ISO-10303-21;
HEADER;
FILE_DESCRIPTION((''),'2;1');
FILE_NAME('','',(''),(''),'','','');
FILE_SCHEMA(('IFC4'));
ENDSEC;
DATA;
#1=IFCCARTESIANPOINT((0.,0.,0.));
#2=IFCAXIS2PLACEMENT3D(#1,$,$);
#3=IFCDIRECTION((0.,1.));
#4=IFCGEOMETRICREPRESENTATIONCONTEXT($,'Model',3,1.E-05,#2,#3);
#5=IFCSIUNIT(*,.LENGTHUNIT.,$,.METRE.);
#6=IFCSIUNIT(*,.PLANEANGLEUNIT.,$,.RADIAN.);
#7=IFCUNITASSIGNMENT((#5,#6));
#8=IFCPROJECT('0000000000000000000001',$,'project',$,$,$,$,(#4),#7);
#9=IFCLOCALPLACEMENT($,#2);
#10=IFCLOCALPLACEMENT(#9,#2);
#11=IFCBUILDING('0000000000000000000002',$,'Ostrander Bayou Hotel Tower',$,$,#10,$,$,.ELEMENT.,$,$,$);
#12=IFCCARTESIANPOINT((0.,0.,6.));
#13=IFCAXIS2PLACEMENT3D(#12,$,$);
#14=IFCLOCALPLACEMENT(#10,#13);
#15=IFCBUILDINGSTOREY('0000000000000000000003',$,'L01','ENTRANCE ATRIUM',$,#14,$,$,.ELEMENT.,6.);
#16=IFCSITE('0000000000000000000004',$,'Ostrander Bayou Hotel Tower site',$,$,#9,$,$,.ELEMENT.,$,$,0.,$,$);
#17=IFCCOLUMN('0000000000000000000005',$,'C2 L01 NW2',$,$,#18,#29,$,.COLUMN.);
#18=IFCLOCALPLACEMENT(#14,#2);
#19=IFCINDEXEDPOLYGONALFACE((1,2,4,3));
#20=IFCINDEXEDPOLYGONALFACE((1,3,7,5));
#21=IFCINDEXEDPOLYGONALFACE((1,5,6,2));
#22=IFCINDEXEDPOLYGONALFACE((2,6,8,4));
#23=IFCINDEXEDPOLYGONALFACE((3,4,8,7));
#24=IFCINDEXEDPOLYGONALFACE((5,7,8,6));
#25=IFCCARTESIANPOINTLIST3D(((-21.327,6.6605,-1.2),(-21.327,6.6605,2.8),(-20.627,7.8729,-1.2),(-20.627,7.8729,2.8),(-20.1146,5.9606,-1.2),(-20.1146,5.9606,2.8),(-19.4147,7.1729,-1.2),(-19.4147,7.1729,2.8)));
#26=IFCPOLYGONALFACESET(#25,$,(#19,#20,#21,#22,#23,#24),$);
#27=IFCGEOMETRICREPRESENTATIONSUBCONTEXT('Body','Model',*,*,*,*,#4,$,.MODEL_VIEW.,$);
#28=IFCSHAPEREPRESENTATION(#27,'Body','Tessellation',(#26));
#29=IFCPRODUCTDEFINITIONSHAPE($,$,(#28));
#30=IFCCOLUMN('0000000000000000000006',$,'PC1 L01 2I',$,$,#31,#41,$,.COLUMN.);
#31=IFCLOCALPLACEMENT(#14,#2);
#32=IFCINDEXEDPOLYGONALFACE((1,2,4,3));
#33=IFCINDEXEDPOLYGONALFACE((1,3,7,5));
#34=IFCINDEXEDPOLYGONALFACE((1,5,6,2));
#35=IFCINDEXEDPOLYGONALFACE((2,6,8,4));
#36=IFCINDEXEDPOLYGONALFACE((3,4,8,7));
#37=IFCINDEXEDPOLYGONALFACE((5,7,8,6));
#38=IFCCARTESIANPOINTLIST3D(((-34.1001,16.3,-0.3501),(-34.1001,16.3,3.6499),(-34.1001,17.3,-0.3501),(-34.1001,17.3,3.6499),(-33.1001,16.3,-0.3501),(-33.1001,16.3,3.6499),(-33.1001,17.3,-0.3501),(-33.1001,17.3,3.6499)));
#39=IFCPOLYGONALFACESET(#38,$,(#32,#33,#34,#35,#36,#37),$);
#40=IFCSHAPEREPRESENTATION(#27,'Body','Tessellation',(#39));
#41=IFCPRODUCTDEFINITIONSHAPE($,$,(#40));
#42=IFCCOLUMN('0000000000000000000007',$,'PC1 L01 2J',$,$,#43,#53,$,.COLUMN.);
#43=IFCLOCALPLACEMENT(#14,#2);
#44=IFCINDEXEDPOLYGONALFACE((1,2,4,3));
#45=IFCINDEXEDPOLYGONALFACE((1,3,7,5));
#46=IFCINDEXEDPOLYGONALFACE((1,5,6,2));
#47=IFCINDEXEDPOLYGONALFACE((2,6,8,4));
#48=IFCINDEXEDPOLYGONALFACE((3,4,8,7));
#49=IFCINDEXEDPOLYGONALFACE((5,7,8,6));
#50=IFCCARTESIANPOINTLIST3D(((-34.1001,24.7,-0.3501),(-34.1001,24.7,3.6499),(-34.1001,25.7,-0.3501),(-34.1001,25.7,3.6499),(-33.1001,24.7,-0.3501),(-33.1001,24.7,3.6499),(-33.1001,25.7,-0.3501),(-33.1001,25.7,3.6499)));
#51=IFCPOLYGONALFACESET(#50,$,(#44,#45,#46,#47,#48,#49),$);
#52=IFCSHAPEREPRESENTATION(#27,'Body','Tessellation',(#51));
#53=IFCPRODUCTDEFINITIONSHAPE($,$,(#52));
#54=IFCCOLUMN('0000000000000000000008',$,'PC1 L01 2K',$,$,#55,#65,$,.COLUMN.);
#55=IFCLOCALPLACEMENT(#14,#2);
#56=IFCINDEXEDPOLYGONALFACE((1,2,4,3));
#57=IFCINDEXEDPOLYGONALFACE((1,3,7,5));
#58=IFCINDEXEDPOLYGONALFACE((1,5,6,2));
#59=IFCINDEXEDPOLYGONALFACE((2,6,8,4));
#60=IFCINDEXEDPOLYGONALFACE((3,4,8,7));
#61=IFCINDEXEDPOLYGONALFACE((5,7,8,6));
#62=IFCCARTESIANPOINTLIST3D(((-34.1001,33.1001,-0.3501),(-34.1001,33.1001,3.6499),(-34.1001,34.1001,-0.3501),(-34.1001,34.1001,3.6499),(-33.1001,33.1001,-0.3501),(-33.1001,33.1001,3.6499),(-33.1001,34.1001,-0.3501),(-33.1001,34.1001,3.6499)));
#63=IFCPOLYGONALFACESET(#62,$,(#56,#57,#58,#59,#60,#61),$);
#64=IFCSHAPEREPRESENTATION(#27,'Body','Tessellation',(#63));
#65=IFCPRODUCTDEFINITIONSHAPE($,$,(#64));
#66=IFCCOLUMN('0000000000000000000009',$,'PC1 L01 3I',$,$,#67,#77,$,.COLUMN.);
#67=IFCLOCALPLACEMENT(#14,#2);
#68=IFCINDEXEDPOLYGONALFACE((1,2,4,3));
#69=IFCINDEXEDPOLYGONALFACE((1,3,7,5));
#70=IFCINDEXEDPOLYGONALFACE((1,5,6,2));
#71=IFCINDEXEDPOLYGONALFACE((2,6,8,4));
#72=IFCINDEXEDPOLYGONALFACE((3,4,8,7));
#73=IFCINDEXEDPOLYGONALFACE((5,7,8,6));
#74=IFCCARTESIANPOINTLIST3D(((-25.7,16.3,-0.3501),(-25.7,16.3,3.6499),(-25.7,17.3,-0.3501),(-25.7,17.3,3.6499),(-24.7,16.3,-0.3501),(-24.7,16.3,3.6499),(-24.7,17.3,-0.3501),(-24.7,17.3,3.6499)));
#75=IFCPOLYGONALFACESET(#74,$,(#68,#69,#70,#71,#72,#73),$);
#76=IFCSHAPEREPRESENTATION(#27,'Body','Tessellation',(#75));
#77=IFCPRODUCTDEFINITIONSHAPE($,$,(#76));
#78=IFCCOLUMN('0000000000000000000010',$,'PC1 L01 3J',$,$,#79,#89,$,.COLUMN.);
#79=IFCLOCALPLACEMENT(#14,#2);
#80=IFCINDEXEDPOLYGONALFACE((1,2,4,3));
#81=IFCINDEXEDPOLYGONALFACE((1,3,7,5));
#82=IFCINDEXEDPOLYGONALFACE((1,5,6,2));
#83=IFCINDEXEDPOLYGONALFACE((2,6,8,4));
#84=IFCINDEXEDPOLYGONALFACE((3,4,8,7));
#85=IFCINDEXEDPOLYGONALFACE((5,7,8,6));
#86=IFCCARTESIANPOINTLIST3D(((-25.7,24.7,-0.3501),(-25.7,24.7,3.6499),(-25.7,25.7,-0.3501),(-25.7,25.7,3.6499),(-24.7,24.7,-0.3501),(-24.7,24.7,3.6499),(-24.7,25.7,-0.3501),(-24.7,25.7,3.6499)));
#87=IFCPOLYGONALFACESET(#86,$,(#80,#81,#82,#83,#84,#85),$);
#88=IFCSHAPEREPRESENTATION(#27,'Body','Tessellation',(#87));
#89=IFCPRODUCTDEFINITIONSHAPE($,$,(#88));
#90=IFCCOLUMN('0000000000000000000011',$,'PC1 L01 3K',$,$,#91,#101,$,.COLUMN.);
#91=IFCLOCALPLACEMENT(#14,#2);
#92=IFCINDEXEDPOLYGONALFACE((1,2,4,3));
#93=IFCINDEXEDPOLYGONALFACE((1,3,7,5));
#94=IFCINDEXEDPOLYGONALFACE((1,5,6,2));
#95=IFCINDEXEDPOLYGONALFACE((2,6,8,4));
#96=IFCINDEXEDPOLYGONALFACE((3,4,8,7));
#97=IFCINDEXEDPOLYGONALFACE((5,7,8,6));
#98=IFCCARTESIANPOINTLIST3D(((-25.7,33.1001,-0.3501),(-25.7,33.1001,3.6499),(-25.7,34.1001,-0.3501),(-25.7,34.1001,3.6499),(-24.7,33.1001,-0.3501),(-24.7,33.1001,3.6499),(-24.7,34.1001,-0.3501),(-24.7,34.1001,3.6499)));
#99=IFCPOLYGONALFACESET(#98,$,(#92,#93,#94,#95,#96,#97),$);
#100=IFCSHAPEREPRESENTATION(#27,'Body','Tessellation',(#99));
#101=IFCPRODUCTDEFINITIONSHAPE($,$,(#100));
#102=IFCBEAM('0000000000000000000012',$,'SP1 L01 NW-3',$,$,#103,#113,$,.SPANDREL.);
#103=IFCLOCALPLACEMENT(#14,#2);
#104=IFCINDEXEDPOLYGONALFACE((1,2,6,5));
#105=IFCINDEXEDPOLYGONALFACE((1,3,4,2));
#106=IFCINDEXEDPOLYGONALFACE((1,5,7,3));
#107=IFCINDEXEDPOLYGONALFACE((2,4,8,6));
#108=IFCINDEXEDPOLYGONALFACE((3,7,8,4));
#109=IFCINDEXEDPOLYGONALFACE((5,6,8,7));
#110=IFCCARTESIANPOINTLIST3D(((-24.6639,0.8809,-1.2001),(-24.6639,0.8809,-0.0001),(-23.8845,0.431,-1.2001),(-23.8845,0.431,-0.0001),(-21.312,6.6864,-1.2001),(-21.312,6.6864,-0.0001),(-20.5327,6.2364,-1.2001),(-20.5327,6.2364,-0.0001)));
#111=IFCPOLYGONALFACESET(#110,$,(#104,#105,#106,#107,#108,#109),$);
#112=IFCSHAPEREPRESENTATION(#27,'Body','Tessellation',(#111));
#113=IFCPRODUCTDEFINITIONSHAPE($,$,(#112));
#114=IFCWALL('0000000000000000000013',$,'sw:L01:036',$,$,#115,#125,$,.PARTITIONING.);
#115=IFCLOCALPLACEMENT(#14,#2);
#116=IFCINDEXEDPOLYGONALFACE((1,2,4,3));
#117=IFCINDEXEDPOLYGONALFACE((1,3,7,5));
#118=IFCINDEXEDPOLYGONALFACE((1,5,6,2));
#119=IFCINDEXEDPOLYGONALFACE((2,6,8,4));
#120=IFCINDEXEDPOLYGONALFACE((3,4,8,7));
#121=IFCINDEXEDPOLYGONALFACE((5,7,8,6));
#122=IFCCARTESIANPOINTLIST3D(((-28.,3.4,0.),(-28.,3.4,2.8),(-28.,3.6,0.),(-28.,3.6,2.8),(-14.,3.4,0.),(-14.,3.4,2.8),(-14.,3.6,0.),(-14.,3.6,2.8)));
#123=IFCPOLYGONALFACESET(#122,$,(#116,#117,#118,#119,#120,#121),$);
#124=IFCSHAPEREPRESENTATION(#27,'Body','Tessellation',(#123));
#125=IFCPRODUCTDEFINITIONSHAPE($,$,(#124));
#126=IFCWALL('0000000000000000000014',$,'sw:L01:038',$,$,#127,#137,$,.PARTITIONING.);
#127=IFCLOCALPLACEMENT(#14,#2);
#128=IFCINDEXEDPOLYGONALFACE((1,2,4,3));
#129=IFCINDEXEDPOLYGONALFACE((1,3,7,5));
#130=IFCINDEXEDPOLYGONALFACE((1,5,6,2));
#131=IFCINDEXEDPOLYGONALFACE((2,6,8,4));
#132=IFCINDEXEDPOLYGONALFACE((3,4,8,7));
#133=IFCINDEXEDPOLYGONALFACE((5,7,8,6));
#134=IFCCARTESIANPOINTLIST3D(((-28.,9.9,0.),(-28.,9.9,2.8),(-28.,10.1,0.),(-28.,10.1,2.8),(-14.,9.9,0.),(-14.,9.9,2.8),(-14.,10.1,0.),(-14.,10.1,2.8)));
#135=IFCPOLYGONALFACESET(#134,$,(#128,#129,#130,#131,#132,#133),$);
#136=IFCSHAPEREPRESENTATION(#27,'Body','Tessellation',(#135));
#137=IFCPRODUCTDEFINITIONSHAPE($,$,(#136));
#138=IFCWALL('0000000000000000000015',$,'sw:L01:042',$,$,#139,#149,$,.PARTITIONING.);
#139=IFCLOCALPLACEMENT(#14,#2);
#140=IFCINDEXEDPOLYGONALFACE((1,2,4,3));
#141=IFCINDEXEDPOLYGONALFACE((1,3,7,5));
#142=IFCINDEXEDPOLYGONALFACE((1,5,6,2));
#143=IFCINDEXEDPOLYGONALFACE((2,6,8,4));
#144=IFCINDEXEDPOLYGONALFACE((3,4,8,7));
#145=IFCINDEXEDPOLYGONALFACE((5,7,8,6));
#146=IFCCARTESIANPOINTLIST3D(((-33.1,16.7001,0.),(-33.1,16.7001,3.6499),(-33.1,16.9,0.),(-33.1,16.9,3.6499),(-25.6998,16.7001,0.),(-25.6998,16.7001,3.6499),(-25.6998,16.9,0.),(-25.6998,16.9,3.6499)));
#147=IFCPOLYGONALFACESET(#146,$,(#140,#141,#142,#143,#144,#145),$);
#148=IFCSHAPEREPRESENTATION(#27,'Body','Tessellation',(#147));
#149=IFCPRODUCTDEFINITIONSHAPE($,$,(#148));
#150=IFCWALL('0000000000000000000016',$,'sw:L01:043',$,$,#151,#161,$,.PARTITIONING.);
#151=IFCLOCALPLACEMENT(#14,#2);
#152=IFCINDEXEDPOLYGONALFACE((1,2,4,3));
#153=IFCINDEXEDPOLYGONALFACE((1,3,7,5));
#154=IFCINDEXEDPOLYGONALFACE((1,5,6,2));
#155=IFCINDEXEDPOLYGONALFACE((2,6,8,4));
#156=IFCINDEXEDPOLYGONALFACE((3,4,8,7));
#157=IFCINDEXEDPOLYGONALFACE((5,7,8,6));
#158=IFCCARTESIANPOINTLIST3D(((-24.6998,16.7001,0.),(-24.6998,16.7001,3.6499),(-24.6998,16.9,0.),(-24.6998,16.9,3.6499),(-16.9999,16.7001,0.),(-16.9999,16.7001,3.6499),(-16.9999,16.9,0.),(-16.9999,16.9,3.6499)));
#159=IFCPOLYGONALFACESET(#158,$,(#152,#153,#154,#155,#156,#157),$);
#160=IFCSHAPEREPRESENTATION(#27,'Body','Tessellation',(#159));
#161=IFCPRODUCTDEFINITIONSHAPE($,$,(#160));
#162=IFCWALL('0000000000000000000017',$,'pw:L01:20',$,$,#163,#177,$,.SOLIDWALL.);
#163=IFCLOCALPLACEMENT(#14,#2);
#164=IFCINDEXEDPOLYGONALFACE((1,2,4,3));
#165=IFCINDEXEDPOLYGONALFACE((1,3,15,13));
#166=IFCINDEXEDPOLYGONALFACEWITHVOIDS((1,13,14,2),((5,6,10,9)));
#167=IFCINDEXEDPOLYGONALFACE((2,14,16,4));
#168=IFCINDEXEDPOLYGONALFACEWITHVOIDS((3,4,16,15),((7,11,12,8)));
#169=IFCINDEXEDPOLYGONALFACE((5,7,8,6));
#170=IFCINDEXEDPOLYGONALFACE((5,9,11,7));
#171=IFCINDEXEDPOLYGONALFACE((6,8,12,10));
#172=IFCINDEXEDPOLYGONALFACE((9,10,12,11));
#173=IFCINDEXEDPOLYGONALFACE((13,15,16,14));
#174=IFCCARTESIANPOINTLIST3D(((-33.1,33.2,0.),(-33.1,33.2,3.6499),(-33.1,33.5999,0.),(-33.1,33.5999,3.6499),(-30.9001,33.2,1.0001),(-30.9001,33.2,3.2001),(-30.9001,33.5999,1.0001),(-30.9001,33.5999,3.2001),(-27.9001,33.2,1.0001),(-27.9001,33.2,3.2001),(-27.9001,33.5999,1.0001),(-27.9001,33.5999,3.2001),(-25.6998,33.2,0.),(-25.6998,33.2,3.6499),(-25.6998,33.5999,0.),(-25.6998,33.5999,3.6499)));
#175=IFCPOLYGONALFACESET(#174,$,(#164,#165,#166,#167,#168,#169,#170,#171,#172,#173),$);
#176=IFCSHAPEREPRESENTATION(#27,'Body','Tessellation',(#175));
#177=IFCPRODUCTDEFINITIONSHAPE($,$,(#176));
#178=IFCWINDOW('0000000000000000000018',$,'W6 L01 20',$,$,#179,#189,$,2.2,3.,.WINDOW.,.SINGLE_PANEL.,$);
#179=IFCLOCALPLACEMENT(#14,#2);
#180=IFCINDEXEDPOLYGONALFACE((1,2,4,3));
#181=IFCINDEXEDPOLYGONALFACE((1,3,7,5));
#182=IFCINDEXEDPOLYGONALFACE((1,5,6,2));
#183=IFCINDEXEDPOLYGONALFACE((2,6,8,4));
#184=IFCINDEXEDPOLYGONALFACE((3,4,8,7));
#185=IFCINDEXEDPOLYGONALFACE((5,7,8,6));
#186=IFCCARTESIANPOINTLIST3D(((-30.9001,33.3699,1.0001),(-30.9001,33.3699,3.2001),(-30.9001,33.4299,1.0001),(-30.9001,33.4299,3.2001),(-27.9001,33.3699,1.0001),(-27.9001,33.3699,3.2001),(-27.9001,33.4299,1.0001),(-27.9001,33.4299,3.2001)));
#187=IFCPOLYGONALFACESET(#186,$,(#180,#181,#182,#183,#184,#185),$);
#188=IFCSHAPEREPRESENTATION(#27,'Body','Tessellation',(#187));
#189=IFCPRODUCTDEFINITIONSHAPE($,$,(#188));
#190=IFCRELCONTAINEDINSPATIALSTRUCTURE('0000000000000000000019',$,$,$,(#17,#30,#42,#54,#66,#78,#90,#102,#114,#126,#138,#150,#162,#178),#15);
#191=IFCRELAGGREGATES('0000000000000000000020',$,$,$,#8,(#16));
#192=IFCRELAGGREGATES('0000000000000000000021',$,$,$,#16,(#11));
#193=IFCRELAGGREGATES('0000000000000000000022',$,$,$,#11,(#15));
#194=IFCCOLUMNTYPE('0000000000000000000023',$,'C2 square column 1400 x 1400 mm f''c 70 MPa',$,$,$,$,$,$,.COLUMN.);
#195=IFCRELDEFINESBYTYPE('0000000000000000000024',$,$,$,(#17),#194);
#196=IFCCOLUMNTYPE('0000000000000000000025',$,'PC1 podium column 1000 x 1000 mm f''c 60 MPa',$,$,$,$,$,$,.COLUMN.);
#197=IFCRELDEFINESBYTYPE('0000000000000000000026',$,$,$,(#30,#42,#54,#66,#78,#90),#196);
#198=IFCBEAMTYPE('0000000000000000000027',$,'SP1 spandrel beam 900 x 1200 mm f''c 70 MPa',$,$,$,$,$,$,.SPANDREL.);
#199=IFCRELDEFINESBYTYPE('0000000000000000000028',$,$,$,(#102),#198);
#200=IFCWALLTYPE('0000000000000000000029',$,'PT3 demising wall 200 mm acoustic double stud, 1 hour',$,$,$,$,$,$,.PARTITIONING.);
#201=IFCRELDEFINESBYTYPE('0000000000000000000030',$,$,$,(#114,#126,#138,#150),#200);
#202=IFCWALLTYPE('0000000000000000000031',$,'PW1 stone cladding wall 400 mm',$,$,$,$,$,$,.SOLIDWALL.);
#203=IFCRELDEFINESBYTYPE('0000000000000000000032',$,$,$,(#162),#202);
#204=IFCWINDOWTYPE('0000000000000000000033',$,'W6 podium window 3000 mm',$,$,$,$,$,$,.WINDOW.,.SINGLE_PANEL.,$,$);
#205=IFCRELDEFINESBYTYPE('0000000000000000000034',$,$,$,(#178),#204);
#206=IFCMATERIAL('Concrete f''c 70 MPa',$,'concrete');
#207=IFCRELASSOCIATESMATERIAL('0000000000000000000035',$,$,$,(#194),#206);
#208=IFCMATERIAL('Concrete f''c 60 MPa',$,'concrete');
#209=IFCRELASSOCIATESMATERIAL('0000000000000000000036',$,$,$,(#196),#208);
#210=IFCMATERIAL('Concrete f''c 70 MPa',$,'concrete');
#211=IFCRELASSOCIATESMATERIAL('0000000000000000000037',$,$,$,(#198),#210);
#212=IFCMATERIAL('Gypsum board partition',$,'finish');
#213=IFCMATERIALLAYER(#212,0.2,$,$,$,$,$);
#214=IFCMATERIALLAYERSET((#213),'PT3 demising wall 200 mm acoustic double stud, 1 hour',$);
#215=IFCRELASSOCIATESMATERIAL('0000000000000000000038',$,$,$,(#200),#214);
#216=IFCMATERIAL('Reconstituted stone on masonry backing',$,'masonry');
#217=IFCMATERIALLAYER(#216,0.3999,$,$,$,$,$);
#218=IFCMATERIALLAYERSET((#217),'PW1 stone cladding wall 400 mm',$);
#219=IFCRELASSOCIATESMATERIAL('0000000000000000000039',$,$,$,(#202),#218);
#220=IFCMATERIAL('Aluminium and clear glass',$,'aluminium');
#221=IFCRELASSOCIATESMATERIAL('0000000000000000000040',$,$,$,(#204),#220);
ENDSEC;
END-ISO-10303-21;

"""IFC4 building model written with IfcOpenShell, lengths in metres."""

from ifc_helpers import new_model, si_unit, direction, frame, frame_2d, origin, origin_2d, place, context, subcontext, project, spatial, rectangle, extrude, material, layer, layer_set, material_profile, profile_set, type_object, element, fill, save


model = new_model("IFC4")

# Units and contexts
model_context = context("Model", 3, precision=1e-05, world=origin(), true_north=direction((0.0, 1.0)))
body_context = subcontext(model_context, "Body", "Model", "MODEL_VIEW")
ifc_project = project(units=[si_unit("LENGTHUNIT", "METRE"), si_unit("PLANEANGLEUNIT", "RADIAN")], contexts=[model_context])

# Site, building, storey
site_placement = place(None, origin())
site = spatial("IfcSite", under=ifc_project, at=site_placement, Name="Ostrander Bayou Hotel Tower site", CompositionType="ELEMENT", RefElevation=0.0)
building_placement = place(site_placement, origin())
building = spatial("IfcBuilding", under=site, at=building_placement, Name="Ostrander Bayou Hotel Tower", CompositionType="ELEMENT")
storey_placement = place(building_placement, frame((0.0, 0.0, 6.0)))
storey = spatial("IfcBuildingStorey", under=building, at=storey_placement, Name="L01", Description="ENTRANCE ATRIUM", CompositionType="ELEMENT", Elevation=6.0)

# Columns
ifc_material_1 = material(Name="Concrete f'c 70 MPa", Category="concrete")
ifc_material_profile_1 = material_profile(ifc_material_1, rectangle(XDim=1.3999, YDim=1.3999, at=origin_2d()))
ifc_profile_set_1 = profile_set([ifc_material_profile_1], Name="Concrete f'c 70 MPa")
column_type_1 = type_object("IfcColumnType", Name="C2 square column 1400 x 1400 mm f'c 70 MPa", PredefinedType="COLUMN", material=ifc_profile_set_1)
column_placement = place(storey_placement, frame((-20.3708, 6.9167, -1.2), z_axis=(0.0, 0.0, 1.0), x_axis=(0.5, 0.866025, 0.0)))
element("IfcColumn", 1, at=column_placement, inside=storey, type_object=column_type_1, Name="C2 L01 NW2", PredefinedType="COLUMN", context=body_context, shape_type="SweptSolid", body=[
    extrude(rectangle(XDim=1.3999, YDim=1.3999, at=origin_2d()), origin(), (0.0, 0.0, 1.0), 4.0),
])
ifc_material_2 = material(Name="Concrete f'c 60 MPa", Category="concrete")
ifc_material_profile_2 = material_profile(ifc_material_2, rectangle(XDim=1.0, YDim=1.0, at=origin_2d()))
ifc_profile_set_2 = profile_set([ifc_material_profile_2], Name="Concrete f'c 60 MPa")
column_type_2 = type_object("IfcColumnType", Name="PC1 podium column 1000 x 1000 mm f'c 60 MPa", PredefinedType="COLUMN", material=ifc_profile_set_2)
for number, where, z_axis, x_axis, name in (
    (2, (-33.6001, 16.8, -0.3501), (0.0, 0.0, 1.0), (1.0, 0.0, 0.0), "PC1 L01 2I"),
    (3, (-33.6001, 25.2, -0.3501), (0.0, 0.0, 1.0), (1.0, 0.0, 0.0), "PC1 L01 2J"),
    (4, (-33.6001, 33.6001, -0.3501), (0.0, 0.0, 1.0), (1.0, 0.0, 0.0), "PC1 L01 2K"),
    (5, (-25.2, 16.8, -0.3501), (0.0, 0.0, 1.0), (1.0, 0.0, 0.0), "PC1 L01 3I"),
    (6, (-25.2, 25.2, -0.3501), (0.0, 0.0, 1.0), (1.0, 0.0, 0.0), "PC1 L01 3J"),
    (7, (-25.2, 33.6001, -0.3501), (0.0, 0.0, 1.0), (1.0, 0.0, 0.0), "PC1 L01 3K"),
):
    element("IfcColumn", number, at=place(storey_placement, frame(where, z_axis=z_axis, x_axis=x_axis)), inside=storey, type_object=column_type_2, Name=name, PredefinedType="COLUMN", context=body_context, shape_type="SweptSolid", body=[
        extrude(rectangle(XDim=1.0, YDim=1.0, at=origin_2d()), origin(), (0.0, 0.0, 1.0), 4.0),
    ])

# Beam
ifc_material_3 = material(Name="Concrete f'c 70 MPa", Category="concrete")
ifc_material_profile_3 = material_profile(ifc_material_3, rectangle(XDim=0.8999, YDim=1.2, at=origin_2d()))
ifc_profile_set_3 = profile_set([ifc_material_profile_3], Name="Concrete f'c 70 MPa")
beam_type = type_object("IfcBeamType", Name="SP1 spandrel beam 900 x 1200 mm f'c 70 MPa", PredefinedType="SPANDREL", material=ifc_profile_set_3)
beam_placement = place(storey_placement, frame((-20.9224, 6.4614, -0.6001), z_axis=(-0.500005, -0.866022, 0.0), x_axis=(0.866022, -0.500005, 0.0)))
element("IfcBeam", 8, at=beam_placement, inside=storey, type_object=beam_type, Name="SP1 L01 NW-3", PredefinedType="SPANDREL", context=body_context, shape_type="SweptSolid", body=[
    extrude(rectangle(XDim=0.8999, YDim=1.2, at=origin_2d()), origin(), (0.0, 0.0, 1.0), 6.7036),
])

# Walls
ifc_material_4 = material(Name="Gypsum board partition", Category="finish")
ifc_layer_1 = layer(ifc_material_4, 0.2)
ifc_layer_set_1 = layer_set([ifc_layer_1], Name="PT3 demising wall 200 mm acoustic double stud, 1 hour")
wall_type_1 = type_object("IfcWallType", Name="PT3 demising wall 200 mm acoustic double stud, 1 hour", PredefinedType="PARTITIONING", material=ifc_layer_set_1)
for number, where, z_axis, x_axis, name in (
    (9, (-28.0, 3.5, 0.0), (0.0, 0.0, 1.0), (1.0, 0.0, 0.0), "sw:L01:036"),
    (10, (-28.0, 10.0, 0.0), (0.0, 0.0, 1.0), (1.0, 0.0, 0.0), "sw:L01:038"),
):
    element("IfcWall", number, at=place(storey_placement, frame(where, z_axis=z_axis, x_axis=x_axis)), inside=storey, type_object=wall_type_1, Name=name, PredefinedType="PARTITIONING", context=body_context, shape_type="SweptSolid", body=[
        extrude(rectangle(XDim=14.0, YDim=0.2, at=frame_2d((7.0, 0.0))), origin(), (0.0, 0.0, 1.0), 2.8),
    ])
wall_1_placement = place(storey_placement, frame((-33.1001, 16.8, 0.0), z_axis=(0.0, 0.0, 1.0), x_axis=(1.0, 0.0, 0.0)))
element("IfcWall", 11, at=wall_1_placement, inside=storey, type_object=wall_type_1, Name="sw:L01:042", PredefinedType="PARTITIONING", context=body_context, shape_type="SweptSolid", body=[
    extrude(rectangle(XDim=7.4001, YDim=0.2, at=frame_2d((3.7002, 0.0))), origin(), (0.0, 0.0, 1.0), 3.6499),
])
wall_2_placement = place(storey_placement, frame((-24.7, 16.8, 0.0), z_axis=(0.0, 0.0, 1.0), x_axis=(1.0, 0.0, 0.0)))
element("IfcWall", 12, at=wall_2_placement, inside=storey, type_object=wall_type_1, Name="sw:L01:043", PredefinedType="PARTITIONING", context=body_context, shape_type="SweptSolid", body=[
    extrude(rectangle(XDim=7.7, YDim=0.2, at=frame_2d((3.8501, 0.0))), origin(), (0.0, 0.0, 1.0), 3.6499),
])

# Wall, opening, window
ifc_material_5 = material(Name="Reconstituted stone on masonry backing", Category="masonry")
ifc_layer_2 = layer(ifc_material_5, 0.3999)
ifc_layer_set_2 = layer_set([ifc_layer_2], Name="PW1 stone cladding wall 400 mm")
wall_type_2 = type_object("IfcWallType", Name="PW1 stone cladding wall 400 mm", PredefinedType="SOLIDWALL", material=ifc_layer_set_2)
wall_3_placement = place(storey_placement, frame((-33.1001, 33.3999, 0.0), z_axis=(0.0, 0.0, 1.0), x_axis=(1.0, 0.0, 0.0)))
wall_3 = element("IfcWall", 13, at=wall_3_placement, inside=storey, type_object=wall_type_2, Name="pw:L01:20", PredefinedType="SOLIDWALL", context=body_context, shape_type="SweptSolid", body=[
    extrude(rectangle(XDim=7.4001, YDim=0.3999, at=frame_2d((3.7002, 0.0))), origin(), (0.0, 0.0, 1.0), 3.6499),
])
opening_1_placement = place(wall_3_placement, frame((2.2, 0.0, 1.0)))
opening_1 = element("IfcOpeningElement", 14, at=opening_1_placement, cuts=wall_3, PredefinedType="OPENING", context=body_context, shape_type="SweptSolid", body=[
    extrude(rectangle(XDim=3.0, YDim=2.2, at=frame_2d((1.5, 1.1001))), frame((0.0, 0.2, 0.0), z_axis=(0.0, -1.0, 0.0), x_axis=(1.0, 0.0, 0.0)), (0.0, 0.0, 1.0), 0.3999),
])
ifc_material_6 = material(Name="Aluminium and clear glass", Category="aluminium")
window_type = type_object("IfcWindowType", Name="W6 podium window 3000 mm", PartitioningType="SINGLE_PANEL", PredefinedType="WINDOW", material=ifc_material_6)
window_1_placement = place(opening_1_placement, origin())
window_1 = element("IfcWindow", 15, at=window_1_placement, inside=storey, type_object=window_type, Name="W6 L01 20", OverallHeight=2.2, OverallWidth=3.0, PartitioningType="SINGLE_PANEL", PredefinedType="WINDOW", context=body_context, shape_type="SweptSolid", body=[
    extrude(rectangle(XDim=3.0, YDim=2.2, at=frame_2d((1.5, 1.1001))), frame((0.0, 0.03, 0.0), z_axis=(0.0, -1.0, 0.0), x_axis=(1.0, 0.0, 0.0)), (0.0, 0.0, 1.0), 0.0601),
])
fill(opening_1, window_1)

save(model, "model.ifc")
